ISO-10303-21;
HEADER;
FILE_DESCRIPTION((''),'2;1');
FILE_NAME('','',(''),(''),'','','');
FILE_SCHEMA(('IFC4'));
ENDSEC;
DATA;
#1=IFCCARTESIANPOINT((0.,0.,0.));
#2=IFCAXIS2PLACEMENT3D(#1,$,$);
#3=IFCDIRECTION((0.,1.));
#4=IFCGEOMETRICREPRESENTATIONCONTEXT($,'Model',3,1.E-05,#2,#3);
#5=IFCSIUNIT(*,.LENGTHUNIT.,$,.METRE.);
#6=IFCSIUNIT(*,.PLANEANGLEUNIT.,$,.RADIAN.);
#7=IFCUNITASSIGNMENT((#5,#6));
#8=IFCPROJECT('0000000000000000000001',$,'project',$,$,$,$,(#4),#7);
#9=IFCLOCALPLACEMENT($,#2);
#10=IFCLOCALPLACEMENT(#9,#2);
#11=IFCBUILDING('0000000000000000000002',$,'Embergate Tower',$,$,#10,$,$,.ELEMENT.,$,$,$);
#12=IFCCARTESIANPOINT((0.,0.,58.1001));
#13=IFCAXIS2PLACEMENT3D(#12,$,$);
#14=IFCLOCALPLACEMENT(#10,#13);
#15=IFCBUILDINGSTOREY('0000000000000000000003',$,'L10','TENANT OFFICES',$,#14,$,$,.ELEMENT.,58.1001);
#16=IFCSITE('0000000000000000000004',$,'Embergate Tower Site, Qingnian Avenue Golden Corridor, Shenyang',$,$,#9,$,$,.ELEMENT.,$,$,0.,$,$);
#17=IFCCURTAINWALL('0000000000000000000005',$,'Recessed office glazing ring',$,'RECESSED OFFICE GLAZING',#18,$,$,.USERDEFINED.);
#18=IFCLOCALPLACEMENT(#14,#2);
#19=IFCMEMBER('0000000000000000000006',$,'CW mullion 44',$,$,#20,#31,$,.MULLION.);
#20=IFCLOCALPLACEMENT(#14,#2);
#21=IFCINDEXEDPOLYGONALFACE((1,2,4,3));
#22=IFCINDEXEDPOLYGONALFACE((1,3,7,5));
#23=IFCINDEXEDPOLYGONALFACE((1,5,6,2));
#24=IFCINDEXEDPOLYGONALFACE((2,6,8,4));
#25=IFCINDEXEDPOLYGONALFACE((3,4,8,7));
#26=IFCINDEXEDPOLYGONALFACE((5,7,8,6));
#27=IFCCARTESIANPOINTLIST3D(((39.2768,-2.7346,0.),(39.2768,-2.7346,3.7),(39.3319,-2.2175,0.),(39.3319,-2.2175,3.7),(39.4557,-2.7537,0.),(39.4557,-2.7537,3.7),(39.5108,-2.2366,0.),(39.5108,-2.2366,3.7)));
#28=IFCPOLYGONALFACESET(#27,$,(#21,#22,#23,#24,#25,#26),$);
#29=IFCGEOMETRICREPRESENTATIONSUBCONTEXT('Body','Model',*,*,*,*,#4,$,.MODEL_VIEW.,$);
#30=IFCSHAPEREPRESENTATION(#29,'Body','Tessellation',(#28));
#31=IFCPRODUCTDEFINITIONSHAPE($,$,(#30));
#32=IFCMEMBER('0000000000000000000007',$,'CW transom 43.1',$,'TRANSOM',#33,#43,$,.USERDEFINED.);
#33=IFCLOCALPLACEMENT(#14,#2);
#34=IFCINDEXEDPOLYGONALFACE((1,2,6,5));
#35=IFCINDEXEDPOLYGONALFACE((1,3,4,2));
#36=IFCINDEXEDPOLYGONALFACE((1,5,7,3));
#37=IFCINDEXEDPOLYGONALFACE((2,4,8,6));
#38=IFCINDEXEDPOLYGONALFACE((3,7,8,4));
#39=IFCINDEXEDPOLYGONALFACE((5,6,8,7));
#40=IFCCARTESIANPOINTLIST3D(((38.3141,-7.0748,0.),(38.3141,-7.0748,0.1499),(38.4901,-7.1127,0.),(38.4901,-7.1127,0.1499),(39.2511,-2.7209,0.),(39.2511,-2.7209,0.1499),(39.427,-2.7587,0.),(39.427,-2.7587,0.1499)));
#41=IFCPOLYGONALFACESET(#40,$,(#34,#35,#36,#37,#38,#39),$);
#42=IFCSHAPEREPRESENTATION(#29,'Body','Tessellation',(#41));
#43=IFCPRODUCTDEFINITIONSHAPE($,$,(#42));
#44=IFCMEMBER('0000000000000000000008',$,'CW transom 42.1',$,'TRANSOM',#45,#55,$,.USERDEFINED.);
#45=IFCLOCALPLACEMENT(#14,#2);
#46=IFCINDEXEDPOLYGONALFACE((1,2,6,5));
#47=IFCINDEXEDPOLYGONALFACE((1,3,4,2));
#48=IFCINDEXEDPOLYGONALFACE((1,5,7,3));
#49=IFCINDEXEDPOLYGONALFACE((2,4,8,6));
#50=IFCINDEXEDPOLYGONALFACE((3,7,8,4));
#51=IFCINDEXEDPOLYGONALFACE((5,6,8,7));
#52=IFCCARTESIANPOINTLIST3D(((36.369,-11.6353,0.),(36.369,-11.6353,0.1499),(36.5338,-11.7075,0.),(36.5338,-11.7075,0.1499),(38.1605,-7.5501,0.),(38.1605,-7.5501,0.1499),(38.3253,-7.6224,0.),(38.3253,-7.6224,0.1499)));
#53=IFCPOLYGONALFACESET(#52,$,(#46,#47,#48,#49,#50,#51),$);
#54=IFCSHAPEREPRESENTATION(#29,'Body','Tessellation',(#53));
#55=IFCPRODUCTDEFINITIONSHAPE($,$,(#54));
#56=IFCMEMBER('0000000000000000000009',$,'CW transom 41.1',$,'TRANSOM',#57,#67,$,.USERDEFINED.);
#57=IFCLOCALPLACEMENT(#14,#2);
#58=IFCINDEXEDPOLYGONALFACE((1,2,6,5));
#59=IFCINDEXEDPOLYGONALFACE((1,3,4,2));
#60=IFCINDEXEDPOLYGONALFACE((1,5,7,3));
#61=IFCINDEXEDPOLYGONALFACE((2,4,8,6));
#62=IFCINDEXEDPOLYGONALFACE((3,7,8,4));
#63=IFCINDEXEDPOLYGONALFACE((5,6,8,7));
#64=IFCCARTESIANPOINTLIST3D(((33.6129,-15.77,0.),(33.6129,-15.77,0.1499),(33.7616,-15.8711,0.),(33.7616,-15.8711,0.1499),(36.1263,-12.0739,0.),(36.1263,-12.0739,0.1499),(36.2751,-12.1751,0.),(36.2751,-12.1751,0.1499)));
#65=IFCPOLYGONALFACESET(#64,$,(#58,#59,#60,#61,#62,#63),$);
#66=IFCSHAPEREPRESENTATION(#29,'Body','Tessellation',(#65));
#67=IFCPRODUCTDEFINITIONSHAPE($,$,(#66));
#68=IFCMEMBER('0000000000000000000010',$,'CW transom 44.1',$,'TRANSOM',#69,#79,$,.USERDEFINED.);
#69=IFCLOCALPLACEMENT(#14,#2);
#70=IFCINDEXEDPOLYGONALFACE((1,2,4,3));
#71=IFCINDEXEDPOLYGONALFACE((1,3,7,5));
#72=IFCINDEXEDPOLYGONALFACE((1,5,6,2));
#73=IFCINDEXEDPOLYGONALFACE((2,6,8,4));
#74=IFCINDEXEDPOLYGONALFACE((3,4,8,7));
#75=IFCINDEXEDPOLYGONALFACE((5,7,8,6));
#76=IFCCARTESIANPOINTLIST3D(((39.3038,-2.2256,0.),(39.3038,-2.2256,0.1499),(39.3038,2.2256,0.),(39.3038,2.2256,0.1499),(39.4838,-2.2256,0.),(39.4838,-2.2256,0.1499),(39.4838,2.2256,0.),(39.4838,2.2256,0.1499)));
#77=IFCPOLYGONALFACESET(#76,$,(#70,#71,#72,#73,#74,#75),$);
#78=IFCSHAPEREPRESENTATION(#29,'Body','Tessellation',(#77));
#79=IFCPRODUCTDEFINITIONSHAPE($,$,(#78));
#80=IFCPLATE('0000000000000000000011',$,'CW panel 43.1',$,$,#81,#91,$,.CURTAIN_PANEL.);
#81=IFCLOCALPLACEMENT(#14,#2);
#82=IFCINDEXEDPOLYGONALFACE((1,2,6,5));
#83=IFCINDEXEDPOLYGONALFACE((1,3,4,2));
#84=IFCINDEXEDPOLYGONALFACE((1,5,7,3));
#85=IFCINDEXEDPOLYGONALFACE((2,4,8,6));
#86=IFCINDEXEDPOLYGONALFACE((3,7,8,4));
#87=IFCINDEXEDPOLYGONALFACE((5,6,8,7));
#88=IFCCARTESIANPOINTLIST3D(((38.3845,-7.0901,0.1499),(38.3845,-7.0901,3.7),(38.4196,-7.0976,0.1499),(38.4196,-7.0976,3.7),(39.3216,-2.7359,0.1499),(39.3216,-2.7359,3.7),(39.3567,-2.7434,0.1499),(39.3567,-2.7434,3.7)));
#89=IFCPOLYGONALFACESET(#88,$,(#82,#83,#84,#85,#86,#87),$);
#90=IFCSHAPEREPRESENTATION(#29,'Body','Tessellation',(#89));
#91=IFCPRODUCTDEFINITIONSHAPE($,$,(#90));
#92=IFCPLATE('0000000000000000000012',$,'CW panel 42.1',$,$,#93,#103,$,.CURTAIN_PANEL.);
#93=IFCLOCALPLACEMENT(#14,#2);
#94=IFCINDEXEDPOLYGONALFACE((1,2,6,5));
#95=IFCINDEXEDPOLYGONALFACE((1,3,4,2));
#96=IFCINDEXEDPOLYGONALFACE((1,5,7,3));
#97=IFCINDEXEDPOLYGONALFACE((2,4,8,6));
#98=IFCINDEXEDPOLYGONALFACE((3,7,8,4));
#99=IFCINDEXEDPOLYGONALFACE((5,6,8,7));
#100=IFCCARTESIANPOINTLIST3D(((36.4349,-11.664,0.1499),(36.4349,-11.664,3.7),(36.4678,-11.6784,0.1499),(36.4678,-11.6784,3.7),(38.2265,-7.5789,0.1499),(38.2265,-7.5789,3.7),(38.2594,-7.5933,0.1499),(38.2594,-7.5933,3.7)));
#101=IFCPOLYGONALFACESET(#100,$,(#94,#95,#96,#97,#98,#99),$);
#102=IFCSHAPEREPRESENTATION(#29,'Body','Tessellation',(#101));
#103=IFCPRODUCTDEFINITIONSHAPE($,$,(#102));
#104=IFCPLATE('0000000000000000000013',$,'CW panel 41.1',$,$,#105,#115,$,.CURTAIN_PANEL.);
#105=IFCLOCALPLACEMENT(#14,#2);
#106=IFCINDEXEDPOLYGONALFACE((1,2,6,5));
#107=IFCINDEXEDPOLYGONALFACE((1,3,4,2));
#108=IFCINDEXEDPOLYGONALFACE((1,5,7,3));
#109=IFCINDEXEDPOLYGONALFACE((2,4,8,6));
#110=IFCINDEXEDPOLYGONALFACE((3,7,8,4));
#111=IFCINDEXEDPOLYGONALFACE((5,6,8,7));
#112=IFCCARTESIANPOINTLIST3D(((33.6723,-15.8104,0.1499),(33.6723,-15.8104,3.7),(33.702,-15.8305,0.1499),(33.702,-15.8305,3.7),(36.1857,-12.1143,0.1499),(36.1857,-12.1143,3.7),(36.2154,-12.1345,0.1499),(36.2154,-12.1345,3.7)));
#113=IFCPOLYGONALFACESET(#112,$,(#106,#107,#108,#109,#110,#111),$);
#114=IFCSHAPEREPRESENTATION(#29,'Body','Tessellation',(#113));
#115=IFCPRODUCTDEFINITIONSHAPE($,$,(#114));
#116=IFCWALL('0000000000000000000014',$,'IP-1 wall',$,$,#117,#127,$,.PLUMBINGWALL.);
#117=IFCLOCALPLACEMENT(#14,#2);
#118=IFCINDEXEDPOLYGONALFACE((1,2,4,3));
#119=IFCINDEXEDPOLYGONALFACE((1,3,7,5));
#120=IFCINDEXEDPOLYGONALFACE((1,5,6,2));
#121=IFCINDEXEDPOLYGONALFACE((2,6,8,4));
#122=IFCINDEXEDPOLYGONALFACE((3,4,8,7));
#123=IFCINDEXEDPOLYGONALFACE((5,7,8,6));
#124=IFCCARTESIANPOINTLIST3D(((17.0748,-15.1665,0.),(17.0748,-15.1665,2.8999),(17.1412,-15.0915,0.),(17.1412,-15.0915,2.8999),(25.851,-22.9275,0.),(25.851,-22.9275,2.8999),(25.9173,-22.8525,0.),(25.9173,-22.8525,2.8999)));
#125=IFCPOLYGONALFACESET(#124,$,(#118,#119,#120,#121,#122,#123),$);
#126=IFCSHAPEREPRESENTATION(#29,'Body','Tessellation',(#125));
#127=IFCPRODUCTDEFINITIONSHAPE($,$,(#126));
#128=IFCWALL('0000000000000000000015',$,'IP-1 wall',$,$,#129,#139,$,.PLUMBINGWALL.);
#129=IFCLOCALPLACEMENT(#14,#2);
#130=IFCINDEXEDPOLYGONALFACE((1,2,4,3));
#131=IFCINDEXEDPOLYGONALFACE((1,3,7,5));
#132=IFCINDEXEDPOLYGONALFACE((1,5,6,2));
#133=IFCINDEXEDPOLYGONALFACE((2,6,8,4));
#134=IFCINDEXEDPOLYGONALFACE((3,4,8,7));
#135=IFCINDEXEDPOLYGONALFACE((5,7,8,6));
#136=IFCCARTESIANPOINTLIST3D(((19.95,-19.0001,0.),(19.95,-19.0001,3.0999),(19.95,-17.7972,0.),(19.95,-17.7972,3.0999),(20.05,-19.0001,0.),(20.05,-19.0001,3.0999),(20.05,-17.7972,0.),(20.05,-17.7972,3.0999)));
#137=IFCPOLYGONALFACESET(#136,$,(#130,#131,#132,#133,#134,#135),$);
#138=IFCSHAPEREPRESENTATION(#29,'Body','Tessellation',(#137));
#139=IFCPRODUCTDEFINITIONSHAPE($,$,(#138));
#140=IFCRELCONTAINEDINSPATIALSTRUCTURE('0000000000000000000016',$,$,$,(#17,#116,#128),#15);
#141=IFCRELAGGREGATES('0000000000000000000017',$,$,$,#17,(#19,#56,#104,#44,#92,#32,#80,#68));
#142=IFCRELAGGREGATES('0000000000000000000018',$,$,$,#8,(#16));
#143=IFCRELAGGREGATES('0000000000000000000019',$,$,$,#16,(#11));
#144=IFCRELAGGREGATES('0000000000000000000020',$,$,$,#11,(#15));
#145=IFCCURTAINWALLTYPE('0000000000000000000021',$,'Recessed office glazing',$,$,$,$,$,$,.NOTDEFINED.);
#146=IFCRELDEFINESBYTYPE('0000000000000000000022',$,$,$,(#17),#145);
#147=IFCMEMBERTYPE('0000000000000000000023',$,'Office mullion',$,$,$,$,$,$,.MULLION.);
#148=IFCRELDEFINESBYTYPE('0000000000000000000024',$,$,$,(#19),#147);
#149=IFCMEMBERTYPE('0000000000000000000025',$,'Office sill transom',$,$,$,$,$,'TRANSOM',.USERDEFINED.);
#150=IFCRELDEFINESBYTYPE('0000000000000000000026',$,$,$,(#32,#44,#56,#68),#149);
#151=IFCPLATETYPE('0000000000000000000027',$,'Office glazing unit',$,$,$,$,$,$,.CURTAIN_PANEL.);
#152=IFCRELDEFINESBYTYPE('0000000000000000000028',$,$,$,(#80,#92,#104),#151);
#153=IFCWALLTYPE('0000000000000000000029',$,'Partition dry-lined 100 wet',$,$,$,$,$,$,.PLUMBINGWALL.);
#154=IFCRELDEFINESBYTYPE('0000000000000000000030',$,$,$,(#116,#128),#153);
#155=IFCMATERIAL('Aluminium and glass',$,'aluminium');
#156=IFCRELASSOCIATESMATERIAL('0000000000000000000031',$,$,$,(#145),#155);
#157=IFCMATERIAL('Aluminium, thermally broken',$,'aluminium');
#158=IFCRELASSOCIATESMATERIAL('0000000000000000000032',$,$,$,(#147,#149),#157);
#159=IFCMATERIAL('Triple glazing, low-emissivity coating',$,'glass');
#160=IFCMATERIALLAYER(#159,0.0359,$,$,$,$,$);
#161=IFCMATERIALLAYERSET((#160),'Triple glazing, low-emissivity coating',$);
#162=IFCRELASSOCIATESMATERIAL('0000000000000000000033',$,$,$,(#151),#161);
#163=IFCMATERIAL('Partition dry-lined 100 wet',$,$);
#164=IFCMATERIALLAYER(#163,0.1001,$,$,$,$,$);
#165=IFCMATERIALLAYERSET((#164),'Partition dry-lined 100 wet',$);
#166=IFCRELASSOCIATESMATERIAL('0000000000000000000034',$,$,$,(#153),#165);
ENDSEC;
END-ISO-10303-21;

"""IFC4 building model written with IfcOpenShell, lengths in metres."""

from ifc_helpers import new_model, si_unit, direction, frame, frame_2d, origin, origin_2d, place, context, subcontext, project, spatial, rectangle, extrude, source, transform, mapped, material, layer, layer_set, material_profile, profile_set, type_object, element, aggregate, save


model = new_model("IFC4")

# Units and contexts
model_context = context("Model", 3, precision=1e-05, world=origin(), true_north=direction((0.0, 1.0)))
body_context = subcontext(model_context, "Body", "Model", "MODEL_VIEW")
ifc_project = project(units=[si_unit("LENGTHUNIT", "METRE"), si_unit("PLANEANGLEUNIT", "RADIAN")], contexts=[model_context])

# Site, building, storey
site_placement = place(None, origin())
site = spatial("IfcSite", under=ifc_project, at=site_placement, Name="Embergate Tower Site, Qingnian Avenue Golden Corridor, Shenyang", CompositionType="ELEMENT", RefElevation=0.0)
building_placement = place(site_placement, origin())
building = spatial("IfcBuilding", under=site, at=building_placement, Name="Embergate Tower", CompositionType="ELEMENT")
storey_placement = place(building_placement, frame((0.0, 0.0, 58.1001)))
storey = spatial("IfcBuildingStorey", under=building, at=storey_placement, Name="L10", Description="TENANT OFFICES", CompositionType="ELEMENT", Elevation=58.1001)

# Curtain wall, members, plates
ifc_material_1 = material(Name="Aluminium and glass", Category="aluminium")
curtain_wall_type = type_object("IfcCurtainWallType", Name="Recessed office glazing", PredefinedType="NOTDEFINED", material=ifc_material_1)
curtain_wall_placement = place(storey_placement, origin())
curtain_wall = element("IfcCurtainWall", 1, at=curtain_wall_placement, inside=storey, type_object=curtain_wall_type, Name="Recessed office glazing ring", ObjectType="RECESSED OFFICE GLAZING", PredefinedType="USERDEFINED")
ifc_material_2 = material(Name="Aluminium, thermally broken", Category="aluminium")
ifc_material_profile_1 = material_profile(ifc_material_2, rectangle(XDim=0.1799, YDim=0.52, at=origin_2d()), Name="AL 520x180")
ifc_profile_set_1 = profile_set([ifc_material_profile_1], Name="Aluminium, thermally broken")
member_type_1 = type_object("IfcMemberType", Name="Office mullion", PredefinedType="MULLION", material=ifc_profile_set_1)
shared_shape_1 = source(origin(), body_context, "Body", "SweptSolid", [
    extrude(rectangle(XDim=0.1799, YDim=0.52, at=origin_2d()), origin(), (0.0, 0.0, 1.0), 3.7),
])
member_1_placement = place(storey_placement, frame((39.3938, -2.4856, 0.0), z_axis=(0.0, 0.0, 1.0), x_axis=(-0.994386, 0.105818, 0.0)))
member_1 = element("IfcMember", 2, at=member_1_placement, type_object=member_type_1, Name="CW mullion 44", PredefinedType="MULLION", context=body_context, shape_type="MappedRepresentation", body=[
    mapped(shared_shape_1, transform((0.0, 0.0, 0.0))),
])
ifc_material_profile_2 = material_profile(ifc_material_2, rectangle(XDim=0.1799, YDim=0.1499, at=origin_2d()), Name="AL 150x180")
ifc_profile_set_2 = profile_set([ifc_material_profile_2], Name="Aluminium, thermally broken")
member_type_2 = type_object("IfcMemberType", Name="Office sill transom", ElementType="TRANSOM", PredefinedType="USERDEFINED", material=ifc_profile_set_2)
shared_shape_2 = source(origin(), body_context, "Body", "SweptSolid", [
    extrude(rectangle(XDim=0.1799, YDim=0.1499, at=origin_2d()), origin(), (0.0, 0.0, 1.0), 4.4536),
])
member_2_placement = place(storey_placement, frame((38.4021, -7.0938, 0.075), z_axis=(0.21039, 0.977618, 0.0), x_axis=(-0.977618, 0.21039, 0.0)))
member_2 = element("IfcMember", 3, at=member_2_placement, type_object=member_type_2, Name="CW transom 43.1", ObjectType="TRANSOM", PredefinedType="USERDEFINED", context=body_context, shape_type="MappedRepresentation", body=[
    mapped(shared_shape_2, transform((0.0, 0.0, 0.0))),
])
shared_shape_3 = source(origin(), body_context, "Body", "SweptSolid", [
    extrude(rectangle(XDim=0.1799, YDim=0.1499, at=origin_2d()), origin(), (0.0, 0.0, 1.0), 4.4607),
])
member_3_placement = place(storey_placement, frame((36.4514, -11.6714, 0.075), z_axis=(0.401614, 0.915809, 0.0), x_axis=(-0.915809, 0.401614, 0.0)))
member_3 = element("IfcMember", 4, at=member_3_placement, type_object=member_type_2, Name="CW transom 42.1", ObjectType="TRANSOM", PredefinedType="USERDEFINED", context=body_context, shape_type="MappedRepresentation", body=[
    mapped(shared_shape_3, transform((0.0, 0.0, 0.0))),
])
shared_shape_4 = source(origin(), body_context, "Body", "SweptSolid", [
    extrude(rectangle(XDim=0.1799, YDim=0.1499, at=origin_2d()), origin(), (0.0, 0.0, 1.0), 4.4697),
])
member_4_placement = place(storey_placement, frame((33.6873, -15.8206, 0.075), z_axis=(0.562328, 0.826914, 0.0), x_axis=(-0.826914, 0.562328, 0.0)))
member_4 = element("IfcMember", 5, at=member_4_placement, type_object=member_type_2, Name="CW transom 41.1", ObjectType="TRANSOM", PredefinedType="USERDEFINED", context=body_context, shape_type="MappedRepresentation", body=[
    mapped(shared_shape_4, transform((0.0, 0.0, 0.0))),
])
shared_shape_5 = source(origin(), body_context, "Body", "SweptSolid", [
    extrude(rectangle(XDim=0.1799, YDim=0.1499, at=origin_2d()), origin(), (0.0, 0.0, 1.0), 4.4512),
])
member_5_placement = place(storey_placement, frame((39.3938, -2.2256, 0.075), z_axis=(0.0, 1.0, 0.0), x_axis=(-1.0, 0.0, 0.0)))
member_5 = element("IfcMember", 6, at=member_5_placement, type_object=member_type_2, Name="CW transom 44.1", ObjectType="TRANSOM", PredefinedType="USERDEFINED", context=body_context, shape_type="MappedRepresentation", body=[
    mapped(shared_shape_5, transform((0.0, 0.0, 0.0))),
])
ifc_material_3 = material(Name="Triple glazing, low-emissivity coating", Category="glass")
ifc_layer_1 = layer(ifc_material_3, 0.0359)
ifc_layer_set_1 = layer_set([ifc_layer_1], Name="Triple glazing, low-emissivity coating")
plate_type = type_object("IfcPlateType", Name="Office glazing unit", PredefinedType="CURTAIN_PANEL", material=ifc_layer_set_1)
shared_shape_6 = source(origin(), body_context, "Body", "SweptSolid", [
    extrude(rectangle(XDim=4.4539, YDim=0.0359, at=origin_2d()), origin(), (0.0, 0.0, 1.0), 3.55),
])
plate_1_placement = place(storey_placement, frame((38.8706, -4.9167, 0.1499), z_axis=(0.0, 0.0, 1.0), x_axis=(0.210392, 0.977617, 0.0)))
plate_1 = element("IfcPlate", 7, at=plate_1_placement, type_object=plate_type, Name="CW panel 43.1", PredefinedType="CURTAIN_PANEL", context=body_context, shape_type="MappedRepresentation", body=[
    mapped(shared_shape_6, transform((0.0, 0.0, 0.0))),
])
shared_shape_7 = source(origin(), body_context, "Body", "SweptSolid", [
    extrude(rectangle(XDim=4.4607, YDim=0.0359, at=origin_2d()), origin(), (0.0, 0.0, 1.0), 3.55),
])
plate_2_placement = place(storey_placement, frame((37.3472, -9.6287, 0.1499), z_axis=(0.0, 0.0, 1.0), x_axis=(0.401644, 0.915796, 0.0)))
plate_2 = element("IfcPlate", 8, at=plate_2_placement, type_object=plate_type, Name="CW panel 42.1", PredefinedType="CURTAIN_PANEL", context=body_context, shape_type="MappedRepresentation", body=[
    mapped(shared_shape_7, transform((0.0, 0.0, 0.0))),
])
shared_shape_8 = source(origin(), body_context, "Body", "SweptSolid", [
    extrude(rectangle(XDim=4.4697, YDim=0.0359, at=origin_2d()), origin(), (0.0, 0.0, 1.0), 3.55),
])
plate_3_placement = place(storey_placement, frame((34.9438, -13.9724, 0.1499), z_axis=(0.0, 0.0, 1.0), x_axis=(0.562332, 0.826912, 0.0)))
plate_3 = element("IfcPlate", 9, at=plate_3_placement, type_object=plate_type, Name="CW panel 41.1", PredefinedType="CURTAIN_PANEL", context=body_context, shape_type="MappedRepresentation", body=[
    mapped(shared_shape_8, transform((0.0, 0.0, 0.0))),
])
aggregate(curtain_wall, [member_1, member_4, plate_3, member_3, plate_2, member_2, plate_1, member_5])

# Walls
ifc_material_4 = material(Name="Partition dry-lined 100 wet")
ifc_layer_2 = layer(ifc_material_4, 0.1001)
ifc_layer_set_2 = layer_set([ifc_layer_2], Name="Partition dry-lined 100 wet")
wall_type = type_object("IfcWallType", Name="Partition dry-lined 100 wet", PredefinedType="PLUMBINGWALL", material=ifc_layer_set_2)
shared_shape_9 = source(origin(), body_context, "Body", "SweptSolid", [
    extrude(rectangle(XDim=11.7156, YDim=0.1001, at=frame_2d((5.8579, 0.0))), origin(), (0.0, 0.0, 1.0), 2.8999),
])
wall_1_placement = place(storey_placement, frame((17.1079, -15.1289, 0.0), z_axis=(0.0, 0.0, 1.0), x_axis=(0.749103, -0.662454, 0.0)))
element("IfcWall", 10, at=wall_1_placement, inside=storey, type_object=wall_type, Name="IP-1 wall", PredefinedType="PLUMBINGWALL", context=body_context, shape_type="MappedRepresentation", body=[
    mapped(shared_shape_9, transform((0.0, 0.0, 0.0))),
])
shared_shape_10 = source(origin(), body_context, "Body", "SweptSolid", [
    extrude(rectangle(XDim=1.2029, YDim=0.1001, at=frame_2d((0.6016, 0.0))), origin(), (0.0, 0.0, 1.0), 3.0999),
])
wall_2_placement = place(storey_placement, frame((20.0, -17.7971, 0.0), z_axis=(0.0, 0.0, 1.0), x_axis=(0.0, -1.0, 0.0)))
element("IfcWall", 11, at=wall_2_placement, inside=storey, type_object=wall_type, Name="IP-1 wall", PredefinedType="PLUMBINGWALL", context=body_context, shape_type="MappedRepresentation", body=[
    mapped(shared_shape_10, transform((0.0, 0.0, 0.0))),
])

save(model, "model.ifc")
